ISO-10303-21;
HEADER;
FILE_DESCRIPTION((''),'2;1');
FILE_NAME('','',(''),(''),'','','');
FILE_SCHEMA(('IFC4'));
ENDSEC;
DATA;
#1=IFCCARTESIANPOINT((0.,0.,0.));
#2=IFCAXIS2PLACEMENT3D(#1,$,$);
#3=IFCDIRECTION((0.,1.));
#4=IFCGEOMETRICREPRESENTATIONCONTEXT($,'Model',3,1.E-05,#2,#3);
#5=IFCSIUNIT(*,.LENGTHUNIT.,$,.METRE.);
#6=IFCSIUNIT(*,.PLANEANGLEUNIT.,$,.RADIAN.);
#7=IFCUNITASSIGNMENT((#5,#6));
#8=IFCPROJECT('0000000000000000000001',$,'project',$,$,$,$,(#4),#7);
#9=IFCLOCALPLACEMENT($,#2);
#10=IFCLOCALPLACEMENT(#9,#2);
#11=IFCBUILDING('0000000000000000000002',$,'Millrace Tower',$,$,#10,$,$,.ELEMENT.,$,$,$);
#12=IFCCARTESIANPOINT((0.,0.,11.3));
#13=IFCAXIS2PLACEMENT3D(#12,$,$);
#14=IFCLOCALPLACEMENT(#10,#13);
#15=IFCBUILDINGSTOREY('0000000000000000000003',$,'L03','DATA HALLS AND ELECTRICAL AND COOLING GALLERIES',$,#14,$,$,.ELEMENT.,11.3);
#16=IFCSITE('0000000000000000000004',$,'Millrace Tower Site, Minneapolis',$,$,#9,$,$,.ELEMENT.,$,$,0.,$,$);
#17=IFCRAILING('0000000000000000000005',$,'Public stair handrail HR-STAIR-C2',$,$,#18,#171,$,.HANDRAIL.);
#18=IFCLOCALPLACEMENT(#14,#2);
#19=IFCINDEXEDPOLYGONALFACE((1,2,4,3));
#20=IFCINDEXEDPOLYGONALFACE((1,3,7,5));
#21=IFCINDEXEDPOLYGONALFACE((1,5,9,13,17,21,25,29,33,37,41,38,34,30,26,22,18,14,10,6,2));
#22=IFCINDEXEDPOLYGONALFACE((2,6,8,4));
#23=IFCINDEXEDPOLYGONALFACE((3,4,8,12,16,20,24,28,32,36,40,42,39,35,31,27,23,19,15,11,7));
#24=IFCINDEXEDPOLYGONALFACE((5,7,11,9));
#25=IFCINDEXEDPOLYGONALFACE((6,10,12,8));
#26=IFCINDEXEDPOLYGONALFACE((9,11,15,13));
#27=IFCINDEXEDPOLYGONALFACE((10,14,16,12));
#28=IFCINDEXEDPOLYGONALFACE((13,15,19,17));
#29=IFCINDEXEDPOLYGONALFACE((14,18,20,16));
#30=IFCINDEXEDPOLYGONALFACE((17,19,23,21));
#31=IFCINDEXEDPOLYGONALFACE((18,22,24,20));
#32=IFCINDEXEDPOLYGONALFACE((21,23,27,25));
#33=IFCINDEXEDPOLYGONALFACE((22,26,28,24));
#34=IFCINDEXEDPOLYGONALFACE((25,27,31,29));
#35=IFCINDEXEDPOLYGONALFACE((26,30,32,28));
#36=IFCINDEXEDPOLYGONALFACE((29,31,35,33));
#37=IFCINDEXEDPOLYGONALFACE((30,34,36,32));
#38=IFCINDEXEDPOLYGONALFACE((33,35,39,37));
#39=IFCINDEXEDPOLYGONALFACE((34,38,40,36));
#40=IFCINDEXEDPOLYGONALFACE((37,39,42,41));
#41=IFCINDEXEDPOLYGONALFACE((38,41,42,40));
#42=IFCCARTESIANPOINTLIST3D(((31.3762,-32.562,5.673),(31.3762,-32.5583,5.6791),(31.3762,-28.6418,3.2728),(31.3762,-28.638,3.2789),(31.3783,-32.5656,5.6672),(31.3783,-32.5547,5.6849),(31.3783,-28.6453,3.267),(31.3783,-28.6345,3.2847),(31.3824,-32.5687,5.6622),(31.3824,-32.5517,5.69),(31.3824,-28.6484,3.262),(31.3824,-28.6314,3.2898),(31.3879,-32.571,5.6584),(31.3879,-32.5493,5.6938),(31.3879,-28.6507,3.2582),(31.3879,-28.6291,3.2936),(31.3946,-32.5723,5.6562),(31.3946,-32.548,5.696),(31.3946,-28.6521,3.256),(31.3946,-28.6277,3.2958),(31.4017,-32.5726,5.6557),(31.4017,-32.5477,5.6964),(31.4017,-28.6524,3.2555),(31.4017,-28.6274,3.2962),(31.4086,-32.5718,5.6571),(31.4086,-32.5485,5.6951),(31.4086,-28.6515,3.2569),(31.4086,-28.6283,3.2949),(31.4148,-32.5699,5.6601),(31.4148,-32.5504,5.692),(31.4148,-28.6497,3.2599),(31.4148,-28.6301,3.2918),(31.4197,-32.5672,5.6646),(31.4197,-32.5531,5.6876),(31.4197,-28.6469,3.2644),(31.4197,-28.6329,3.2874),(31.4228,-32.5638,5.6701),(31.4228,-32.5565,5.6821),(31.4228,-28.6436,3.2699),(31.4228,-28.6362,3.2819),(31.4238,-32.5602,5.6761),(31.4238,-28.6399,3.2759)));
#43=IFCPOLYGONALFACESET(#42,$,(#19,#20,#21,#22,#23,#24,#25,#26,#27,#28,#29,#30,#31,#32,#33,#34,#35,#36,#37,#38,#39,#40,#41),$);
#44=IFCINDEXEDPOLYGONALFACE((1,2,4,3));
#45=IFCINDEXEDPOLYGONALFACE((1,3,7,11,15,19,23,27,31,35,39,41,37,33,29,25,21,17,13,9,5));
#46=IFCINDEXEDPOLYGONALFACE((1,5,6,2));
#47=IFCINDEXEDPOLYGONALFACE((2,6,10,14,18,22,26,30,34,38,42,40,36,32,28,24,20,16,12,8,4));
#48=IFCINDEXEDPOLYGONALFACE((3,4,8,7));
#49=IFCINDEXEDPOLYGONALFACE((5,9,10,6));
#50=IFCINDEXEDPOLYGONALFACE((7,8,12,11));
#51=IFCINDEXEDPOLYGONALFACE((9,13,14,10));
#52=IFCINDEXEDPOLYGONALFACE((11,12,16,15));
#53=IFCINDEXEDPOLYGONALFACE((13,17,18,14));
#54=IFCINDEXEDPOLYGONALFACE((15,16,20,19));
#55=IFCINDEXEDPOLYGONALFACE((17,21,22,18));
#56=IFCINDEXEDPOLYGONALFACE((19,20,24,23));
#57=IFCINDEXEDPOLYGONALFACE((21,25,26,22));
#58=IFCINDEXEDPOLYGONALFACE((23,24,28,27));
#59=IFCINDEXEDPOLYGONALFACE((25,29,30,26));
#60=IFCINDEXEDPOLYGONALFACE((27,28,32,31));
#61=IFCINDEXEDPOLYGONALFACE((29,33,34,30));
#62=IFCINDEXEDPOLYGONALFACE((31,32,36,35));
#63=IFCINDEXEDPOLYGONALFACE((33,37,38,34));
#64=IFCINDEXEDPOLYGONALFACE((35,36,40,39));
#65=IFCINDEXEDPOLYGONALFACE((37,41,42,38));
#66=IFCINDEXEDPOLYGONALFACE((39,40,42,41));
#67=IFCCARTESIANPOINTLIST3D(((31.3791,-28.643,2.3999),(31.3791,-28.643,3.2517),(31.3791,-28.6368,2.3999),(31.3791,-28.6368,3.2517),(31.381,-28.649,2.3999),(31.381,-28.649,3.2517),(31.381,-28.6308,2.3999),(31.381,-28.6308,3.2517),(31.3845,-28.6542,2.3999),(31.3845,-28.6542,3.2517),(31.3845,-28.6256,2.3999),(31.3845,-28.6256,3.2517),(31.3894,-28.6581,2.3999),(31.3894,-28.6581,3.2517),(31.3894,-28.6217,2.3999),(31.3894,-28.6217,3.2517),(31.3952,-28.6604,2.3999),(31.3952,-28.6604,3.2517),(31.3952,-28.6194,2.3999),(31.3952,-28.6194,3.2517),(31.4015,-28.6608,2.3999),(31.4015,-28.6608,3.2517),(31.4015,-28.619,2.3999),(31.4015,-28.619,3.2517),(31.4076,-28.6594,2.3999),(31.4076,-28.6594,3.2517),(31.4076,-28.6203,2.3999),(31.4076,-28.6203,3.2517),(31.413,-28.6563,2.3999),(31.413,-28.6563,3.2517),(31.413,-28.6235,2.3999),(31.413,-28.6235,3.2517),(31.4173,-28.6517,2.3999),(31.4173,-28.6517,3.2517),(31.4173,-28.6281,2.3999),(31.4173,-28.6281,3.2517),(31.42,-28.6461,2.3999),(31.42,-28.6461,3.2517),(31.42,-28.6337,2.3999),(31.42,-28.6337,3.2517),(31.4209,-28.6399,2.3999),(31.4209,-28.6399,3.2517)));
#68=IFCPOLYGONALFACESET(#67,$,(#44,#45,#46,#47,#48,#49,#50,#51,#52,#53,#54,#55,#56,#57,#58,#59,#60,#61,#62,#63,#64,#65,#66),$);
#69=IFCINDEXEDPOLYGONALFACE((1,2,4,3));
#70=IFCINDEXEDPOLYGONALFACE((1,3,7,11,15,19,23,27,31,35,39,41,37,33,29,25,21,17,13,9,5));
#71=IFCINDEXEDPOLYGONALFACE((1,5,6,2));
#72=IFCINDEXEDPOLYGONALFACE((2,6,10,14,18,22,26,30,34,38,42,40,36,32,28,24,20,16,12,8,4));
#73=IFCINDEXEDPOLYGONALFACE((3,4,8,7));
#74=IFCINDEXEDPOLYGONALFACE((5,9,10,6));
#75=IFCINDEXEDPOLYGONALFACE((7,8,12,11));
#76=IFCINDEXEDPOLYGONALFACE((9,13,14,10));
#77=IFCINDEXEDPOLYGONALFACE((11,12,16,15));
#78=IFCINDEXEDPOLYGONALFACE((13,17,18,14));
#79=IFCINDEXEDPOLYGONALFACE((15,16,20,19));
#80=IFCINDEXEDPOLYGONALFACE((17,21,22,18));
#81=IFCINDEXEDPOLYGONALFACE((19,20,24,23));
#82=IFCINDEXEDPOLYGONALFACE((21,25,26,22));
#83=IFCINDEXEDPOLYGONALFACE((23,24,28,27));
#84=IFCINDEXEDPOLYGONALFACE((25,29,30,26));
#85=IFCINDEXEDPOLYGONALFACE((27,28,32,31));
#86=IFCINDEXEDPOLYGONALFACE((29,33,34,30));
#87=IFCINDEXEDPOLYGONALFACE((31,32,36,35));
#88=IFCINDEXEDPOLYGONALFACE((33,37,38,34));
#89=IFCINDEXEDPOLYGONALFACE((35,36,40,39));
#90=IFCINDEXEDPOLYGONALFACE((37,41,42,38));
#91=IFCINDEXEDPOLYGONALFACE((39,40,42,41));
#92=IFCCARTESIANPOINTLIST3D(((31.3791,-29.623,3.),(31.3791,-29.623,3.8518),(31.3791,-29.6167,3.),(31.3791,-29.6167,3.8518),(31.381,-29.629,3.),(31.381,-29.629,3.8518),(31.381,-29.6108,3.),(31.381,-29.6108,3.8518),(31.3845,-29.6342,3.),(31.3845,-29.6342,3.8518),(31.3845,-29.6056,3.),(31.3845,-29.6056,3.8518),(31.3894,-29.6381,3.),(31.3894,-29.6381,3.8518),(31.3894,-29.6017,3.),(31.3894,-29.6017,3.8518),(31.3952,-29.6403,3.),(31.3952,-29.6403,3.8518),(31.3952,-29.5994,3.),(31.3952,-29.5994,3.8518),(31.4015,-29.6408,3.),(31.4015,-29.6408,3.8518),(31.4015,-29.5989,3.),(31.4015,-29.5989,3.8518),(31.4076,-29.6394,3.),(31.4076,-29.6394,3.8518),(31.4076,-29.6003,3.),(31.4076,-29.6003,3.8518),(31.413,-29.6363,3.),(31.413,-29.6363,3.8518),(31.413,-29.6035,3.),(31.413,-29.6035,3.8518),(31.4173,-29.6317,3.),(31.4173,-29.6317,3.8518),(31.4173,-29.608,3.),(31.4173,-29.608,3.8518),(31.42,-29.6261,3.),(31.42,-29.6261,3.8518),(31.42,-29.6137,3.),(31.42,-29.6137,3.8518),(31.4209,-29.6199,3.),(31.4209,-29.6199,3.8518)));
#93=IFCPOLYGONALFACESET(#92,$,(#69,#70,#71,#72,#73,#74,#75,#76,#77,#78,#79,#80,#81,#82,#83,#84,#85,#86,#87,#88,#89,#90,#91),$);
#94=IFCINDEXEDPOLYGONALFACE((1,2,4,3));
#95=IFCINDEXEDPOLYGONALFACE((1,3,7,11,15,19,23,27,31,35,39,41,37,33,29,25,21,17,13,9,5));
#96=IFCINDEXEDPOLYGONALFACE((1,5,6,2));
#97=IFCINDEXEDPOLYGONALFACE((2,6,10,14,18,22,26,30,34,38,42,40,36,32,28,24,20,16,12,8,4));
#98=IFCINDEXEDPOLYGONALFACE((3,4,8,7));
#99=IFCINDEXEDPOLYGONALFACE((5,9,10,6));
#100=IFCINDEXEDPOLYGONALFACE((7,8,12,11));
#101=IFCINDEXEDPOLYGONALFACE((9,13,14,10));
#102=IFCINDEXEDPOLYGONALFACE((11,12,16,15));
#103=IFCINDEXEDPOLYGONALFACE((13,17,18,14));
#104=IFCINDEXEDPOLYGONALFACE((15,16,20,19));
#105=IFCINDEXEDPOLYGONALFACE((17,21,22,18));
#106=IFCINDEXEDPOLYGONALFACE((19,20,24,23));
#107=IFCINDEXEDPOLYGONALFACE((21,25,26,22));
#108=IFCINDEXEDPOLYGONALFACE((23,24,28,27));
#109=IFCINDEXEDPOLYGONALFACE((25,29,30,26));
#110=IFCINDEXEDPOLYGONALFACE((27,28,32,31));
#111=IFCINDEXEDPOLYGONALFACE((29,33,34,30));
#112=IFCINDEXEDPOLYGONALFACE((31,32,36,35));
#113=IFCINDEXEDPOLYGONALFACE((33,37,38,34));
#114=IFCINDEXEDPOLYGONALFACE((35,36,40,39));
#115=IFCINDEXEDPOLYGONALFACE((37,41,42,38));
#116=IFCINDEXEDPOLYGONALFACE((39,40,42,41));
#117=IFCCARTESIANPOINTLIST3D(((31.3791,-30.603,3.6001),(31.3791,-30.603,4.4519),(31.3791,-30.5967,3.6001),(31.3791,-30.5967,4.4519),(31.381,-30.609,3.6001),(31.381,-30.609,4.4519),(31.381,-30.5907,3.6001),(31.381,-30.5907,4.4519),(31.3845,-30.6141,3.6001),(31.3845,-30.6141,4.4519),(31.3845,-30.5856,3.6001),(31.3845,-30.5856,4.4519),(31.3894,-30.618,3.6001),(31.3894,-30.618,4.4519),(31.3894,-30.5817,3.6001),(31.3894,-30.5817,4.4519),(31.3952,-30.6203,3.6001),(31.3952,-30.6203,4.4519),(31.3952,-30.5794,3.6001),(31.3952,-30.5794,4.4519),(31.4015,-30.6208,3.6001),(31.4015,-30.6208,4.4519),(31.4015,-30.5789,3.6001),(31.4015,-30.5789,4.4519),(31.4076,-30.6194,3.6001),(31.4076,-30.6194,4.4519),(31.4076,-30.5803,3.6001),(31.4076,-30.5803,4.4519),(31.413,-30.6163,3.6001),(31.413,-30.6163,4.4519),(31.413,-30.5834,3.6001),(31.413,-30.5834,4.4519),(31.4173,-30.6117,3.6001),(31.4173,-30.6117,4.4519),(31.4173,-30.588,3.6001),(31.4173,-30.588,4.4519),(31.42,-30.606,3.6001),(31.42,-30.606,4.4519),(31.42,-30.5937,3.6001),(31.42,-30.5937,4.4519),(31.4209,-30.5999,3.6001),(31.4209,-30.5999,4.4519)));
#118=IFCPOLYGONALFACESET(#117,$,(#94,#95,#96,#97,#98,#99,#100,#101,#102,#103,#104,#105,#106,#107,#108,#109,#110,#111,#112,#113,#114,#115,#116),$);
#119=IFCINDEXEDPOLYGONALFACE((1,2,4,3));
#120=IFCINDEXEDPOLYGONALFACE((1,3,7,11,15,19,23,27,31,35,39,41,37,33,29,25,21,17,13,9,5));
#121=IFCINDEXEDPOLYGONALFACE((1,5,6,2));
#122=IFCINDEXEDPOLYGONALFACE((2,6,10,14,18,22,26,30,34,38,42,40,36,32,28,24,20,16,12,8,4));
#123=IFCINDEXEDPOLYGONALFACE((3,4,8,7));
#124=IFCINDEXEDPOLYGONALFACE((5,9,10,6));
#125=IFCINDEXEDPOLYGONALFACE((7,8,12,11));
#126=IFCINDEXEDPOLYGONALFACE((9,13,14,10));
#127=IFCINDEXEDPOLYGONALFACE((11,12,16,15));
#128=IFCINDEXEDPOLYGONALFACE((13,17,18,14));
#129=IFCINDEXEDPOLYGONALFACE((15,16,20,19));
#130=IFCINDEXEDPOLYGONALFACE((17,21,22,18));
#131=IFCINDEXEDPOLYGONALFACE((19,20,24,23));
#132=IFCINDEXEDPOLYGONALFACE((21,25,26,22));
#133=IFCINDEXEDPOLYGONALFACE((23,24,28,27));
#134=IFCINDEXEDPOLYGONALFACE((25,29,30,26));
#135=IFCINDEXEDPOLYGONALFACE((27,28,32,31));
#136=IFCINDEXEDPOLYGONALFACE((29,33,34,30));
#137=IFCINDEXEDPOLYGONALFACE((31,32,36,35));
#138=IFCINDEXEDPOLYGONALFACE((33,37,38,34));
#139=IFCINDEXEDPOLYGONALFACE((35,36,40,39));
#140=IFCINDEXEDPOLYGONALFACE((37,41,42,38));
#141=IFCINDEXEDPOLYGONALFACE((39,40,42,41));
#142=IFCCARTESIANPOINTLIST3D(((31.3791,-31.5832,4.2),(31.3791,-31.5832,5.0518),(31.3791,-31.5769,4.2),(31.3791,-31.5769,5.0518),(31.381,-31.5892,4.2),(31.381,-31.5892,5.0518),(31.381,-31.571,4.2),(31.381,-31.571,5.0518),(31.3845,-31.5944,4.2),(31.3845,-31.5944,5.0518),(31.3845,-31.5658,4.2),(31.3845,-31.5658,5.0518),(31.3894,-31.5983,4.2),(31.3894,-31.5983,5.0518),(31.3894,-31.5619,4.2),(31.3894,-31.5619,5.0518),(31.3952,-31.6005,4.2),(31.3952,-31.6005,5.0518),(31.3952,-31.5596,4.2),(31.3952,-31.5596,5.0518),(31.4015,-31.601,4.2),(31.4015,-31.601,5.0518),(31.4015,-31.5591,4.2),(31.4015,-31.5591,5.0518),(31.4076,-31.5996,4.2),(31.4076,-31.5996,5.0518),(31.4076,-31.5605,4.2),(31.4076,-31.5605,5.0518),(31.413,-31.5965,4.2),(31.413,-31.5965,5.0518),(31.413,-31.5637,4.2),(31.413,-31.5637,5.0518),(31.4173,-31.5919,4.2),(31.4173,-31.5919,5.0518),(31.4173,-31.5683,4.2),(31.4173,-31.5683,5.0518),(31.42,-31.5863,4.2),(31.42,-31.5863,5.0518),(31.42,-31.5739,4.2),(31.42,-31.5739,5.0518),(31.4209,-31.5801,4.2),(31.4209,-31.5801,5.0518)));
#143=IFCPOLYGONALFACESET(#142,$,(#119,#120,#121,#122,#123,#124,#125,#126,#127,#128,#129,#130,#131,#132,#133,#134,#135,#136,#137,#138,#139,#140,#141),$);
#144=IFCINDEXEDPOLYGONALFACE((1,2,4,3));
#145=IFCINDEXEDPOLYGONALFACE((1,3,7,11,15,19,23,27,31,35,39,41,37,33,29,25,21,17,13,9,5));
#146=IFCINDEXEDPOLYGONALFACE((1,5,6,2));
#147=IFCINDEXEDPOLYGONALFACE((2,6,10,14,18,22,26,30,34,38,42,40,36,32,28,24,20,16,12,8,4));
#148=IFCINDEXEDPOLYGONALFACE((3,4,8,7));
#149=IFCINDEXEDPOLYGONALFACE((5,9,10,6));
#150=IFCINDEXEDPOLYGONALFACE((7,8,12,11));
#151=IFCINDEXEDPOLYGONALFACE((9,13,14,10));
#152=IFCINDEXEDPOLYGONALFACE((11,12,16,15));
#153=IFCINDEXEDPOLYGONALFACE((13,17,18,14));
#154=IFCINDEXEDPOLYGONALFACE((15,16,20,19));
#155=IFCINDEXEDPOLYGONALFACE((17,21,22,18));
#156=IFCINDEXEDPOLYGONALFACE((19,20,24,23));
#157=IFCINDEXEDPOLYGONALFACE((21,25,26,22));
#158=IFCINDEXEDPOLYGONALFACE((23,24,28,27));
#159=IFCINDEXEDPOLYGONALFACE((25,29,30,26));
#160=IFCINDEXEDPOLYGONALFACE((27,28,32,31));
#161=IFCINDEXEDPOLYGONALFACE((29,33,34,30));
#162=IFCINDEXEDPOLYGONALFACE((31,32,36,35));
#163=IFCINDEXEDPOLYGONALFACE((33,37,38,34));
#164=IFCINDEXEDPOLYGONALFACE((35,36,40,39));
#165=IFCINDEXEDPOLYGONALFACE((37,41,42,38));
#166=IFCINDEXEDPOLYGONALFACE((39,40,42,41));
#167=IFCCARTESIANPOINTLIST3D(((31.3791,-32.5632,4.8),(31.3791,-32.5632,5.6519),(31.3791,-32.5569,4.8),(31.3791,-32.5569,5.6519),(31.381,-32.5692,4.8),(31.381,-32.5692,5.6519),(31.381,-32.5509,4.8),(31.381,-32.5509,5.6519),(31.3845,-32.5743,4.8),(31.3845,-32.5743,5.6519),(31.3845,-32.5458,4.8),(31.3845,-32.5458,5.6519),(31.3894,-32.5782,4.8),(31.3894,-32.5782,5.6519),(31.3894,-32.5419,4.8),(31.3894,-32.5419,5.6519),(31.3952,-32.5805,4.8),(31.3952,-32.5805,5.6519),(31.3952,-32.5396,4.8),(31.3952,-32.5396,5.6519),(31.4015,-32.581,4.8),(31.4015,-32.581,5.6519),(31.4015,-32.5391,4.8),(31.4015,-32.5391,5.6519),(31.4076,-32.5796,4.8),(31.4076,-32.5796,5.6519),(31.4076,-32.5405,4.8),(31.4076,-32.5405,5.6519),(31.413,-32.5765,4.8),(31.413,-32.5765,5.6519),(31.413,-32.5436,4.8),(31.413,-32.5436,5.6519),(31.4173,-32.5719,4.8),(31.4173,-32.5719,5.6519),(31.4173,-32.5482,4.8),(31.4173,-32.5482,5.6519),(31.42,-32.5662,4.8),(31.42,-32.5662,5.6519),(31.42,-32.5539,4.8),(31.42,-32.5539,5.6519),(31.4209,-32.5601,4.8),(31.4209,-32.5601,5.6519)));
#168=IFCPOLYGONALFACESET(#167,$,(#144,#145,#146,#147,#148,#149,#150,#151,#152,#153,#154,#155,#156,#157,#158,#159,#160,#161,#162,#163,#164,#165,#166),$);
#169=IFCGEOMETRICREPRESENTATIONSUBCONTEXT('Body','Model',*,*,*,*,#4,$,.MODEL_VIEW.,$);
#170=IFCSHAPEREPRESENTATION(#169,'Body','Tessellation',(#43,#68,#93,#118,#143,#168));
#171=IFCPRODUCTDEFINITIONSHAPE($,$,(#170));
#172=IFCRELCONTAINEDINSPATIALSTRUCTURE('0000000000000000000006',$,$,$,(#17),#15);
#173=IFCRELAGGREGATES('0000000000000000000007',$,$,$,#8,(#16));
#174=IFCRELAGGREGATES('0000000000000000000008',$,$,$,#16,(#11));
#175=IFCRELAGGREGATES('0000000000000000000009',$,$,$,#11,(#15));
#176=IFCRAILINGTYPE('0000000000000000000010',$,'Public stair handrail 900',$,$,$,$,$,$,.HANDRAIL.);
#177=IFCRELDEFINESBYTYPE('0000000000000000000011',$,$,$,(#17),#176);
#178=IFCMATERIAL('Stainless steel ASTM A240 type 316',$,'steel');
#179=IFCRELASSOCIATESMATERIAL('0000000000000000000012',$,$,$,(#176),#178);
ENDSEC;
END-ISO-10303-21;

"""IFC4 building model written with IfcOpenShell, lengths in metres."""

from ifc_helpers import new_model, si_unit, direction, frame, origin, origin_2d, place, context, subcontext, project, spatial, circle, extrude, material, type_object, element, save


model = new_model("IFC4")

# Units and contexts
model_context = context("Model", 3, precision=1e-05, world=origin(), true_north=direction((0.0, 1.0)))
body_context = subcontext(model_context, "Body", "Model", "MODEL_VIEW")
ifc_project = project(units=[si_unit("LENGTHUNIT", "METRE"), si_unit("PLANEANGLEUNIT", "RADIAN")], contexts=[model_context])

# Site, building, storey
site_placement = place(None, origin())
site = spatial("IfcSite", under=ifc_project, at=site_placement, Name="Millrace Tower Site, Minneapolis", CompositionType="ELEMENT", RefElevation=0.0)
building_placement = place(site_placement, origin())
building = spatial("IfcBuilding", under=site, at=building_placement, Name="Millrace Tower", CompositionType="ELEMENT")
storey_placement = place(building_placement, frame((0.0, 0.0, 11.3)))
storey = spatial("IfcBuildingStorey", under=building, at=storey_placement, Name="L03", Description="DATA HALLS AND ELECTRICAL AND COOLING GALLERIES", CompositionType="ELEMENT", Elevation=11.3)

# Railing
placement_1 = place(storey_placement, frame((31.3999, -28.6399, 2.3999)))
ifc_material_1 = material(Name="Stainless steel ASTM A240 type 316", Category="steel")
railing_type_1 = type_object("IfcRailingType", Name="Public stair handrail 900", PredefinedType="HANDRAIL", material=ifc_material_1)
element("IfcRailing", 1, at=placement_1, inside=storey, type_object=railing_type_1, Name="Public stair handrail HR-STAIR-C2", PredefinedType="HANDRAIL", context=body_context, shape_type="SweptSolid", body=[
    extrude(circle(Radius=0.0239, at=origin_2d()), frame((0.0, 0.0, 0.876), z_axis=(0.0, -0.852847, 0.522161), x_axis=(1.0, 0.0, 0.0)), (0.0, 0.0, 1.0), 4.5967),
    extrude(circle(Radius=0.021, at=origin_2d()), origin(), (0.0, 0.0, 1.0), 0.8518),
    extrude(circle(Radius=0.021, at=origin_2d()), frame((0.0, -0.98, 0.6001)), (0.0, 0.0, 1.0), 0.8518),
    extrude(circle(Radius=0.021, at=origin_2d()), frame((0.0, -1.96, 1.2002)), (0.0, 0.0, 1.0), 0.8518),
    extrude(circle(Radius=0.021, at=origin_2d()), frame((0.0, -2.9402, 1.8)), (0.0, 0.0, 1.0), 0.8518),
    extrude(circle(Radius=0.021, at=origin_2d()), frame((0.0, -3.9202, 2.4001)), (0.0, 0.0, 1.0), 0.8518),
])

save(model, "model.ifc")
